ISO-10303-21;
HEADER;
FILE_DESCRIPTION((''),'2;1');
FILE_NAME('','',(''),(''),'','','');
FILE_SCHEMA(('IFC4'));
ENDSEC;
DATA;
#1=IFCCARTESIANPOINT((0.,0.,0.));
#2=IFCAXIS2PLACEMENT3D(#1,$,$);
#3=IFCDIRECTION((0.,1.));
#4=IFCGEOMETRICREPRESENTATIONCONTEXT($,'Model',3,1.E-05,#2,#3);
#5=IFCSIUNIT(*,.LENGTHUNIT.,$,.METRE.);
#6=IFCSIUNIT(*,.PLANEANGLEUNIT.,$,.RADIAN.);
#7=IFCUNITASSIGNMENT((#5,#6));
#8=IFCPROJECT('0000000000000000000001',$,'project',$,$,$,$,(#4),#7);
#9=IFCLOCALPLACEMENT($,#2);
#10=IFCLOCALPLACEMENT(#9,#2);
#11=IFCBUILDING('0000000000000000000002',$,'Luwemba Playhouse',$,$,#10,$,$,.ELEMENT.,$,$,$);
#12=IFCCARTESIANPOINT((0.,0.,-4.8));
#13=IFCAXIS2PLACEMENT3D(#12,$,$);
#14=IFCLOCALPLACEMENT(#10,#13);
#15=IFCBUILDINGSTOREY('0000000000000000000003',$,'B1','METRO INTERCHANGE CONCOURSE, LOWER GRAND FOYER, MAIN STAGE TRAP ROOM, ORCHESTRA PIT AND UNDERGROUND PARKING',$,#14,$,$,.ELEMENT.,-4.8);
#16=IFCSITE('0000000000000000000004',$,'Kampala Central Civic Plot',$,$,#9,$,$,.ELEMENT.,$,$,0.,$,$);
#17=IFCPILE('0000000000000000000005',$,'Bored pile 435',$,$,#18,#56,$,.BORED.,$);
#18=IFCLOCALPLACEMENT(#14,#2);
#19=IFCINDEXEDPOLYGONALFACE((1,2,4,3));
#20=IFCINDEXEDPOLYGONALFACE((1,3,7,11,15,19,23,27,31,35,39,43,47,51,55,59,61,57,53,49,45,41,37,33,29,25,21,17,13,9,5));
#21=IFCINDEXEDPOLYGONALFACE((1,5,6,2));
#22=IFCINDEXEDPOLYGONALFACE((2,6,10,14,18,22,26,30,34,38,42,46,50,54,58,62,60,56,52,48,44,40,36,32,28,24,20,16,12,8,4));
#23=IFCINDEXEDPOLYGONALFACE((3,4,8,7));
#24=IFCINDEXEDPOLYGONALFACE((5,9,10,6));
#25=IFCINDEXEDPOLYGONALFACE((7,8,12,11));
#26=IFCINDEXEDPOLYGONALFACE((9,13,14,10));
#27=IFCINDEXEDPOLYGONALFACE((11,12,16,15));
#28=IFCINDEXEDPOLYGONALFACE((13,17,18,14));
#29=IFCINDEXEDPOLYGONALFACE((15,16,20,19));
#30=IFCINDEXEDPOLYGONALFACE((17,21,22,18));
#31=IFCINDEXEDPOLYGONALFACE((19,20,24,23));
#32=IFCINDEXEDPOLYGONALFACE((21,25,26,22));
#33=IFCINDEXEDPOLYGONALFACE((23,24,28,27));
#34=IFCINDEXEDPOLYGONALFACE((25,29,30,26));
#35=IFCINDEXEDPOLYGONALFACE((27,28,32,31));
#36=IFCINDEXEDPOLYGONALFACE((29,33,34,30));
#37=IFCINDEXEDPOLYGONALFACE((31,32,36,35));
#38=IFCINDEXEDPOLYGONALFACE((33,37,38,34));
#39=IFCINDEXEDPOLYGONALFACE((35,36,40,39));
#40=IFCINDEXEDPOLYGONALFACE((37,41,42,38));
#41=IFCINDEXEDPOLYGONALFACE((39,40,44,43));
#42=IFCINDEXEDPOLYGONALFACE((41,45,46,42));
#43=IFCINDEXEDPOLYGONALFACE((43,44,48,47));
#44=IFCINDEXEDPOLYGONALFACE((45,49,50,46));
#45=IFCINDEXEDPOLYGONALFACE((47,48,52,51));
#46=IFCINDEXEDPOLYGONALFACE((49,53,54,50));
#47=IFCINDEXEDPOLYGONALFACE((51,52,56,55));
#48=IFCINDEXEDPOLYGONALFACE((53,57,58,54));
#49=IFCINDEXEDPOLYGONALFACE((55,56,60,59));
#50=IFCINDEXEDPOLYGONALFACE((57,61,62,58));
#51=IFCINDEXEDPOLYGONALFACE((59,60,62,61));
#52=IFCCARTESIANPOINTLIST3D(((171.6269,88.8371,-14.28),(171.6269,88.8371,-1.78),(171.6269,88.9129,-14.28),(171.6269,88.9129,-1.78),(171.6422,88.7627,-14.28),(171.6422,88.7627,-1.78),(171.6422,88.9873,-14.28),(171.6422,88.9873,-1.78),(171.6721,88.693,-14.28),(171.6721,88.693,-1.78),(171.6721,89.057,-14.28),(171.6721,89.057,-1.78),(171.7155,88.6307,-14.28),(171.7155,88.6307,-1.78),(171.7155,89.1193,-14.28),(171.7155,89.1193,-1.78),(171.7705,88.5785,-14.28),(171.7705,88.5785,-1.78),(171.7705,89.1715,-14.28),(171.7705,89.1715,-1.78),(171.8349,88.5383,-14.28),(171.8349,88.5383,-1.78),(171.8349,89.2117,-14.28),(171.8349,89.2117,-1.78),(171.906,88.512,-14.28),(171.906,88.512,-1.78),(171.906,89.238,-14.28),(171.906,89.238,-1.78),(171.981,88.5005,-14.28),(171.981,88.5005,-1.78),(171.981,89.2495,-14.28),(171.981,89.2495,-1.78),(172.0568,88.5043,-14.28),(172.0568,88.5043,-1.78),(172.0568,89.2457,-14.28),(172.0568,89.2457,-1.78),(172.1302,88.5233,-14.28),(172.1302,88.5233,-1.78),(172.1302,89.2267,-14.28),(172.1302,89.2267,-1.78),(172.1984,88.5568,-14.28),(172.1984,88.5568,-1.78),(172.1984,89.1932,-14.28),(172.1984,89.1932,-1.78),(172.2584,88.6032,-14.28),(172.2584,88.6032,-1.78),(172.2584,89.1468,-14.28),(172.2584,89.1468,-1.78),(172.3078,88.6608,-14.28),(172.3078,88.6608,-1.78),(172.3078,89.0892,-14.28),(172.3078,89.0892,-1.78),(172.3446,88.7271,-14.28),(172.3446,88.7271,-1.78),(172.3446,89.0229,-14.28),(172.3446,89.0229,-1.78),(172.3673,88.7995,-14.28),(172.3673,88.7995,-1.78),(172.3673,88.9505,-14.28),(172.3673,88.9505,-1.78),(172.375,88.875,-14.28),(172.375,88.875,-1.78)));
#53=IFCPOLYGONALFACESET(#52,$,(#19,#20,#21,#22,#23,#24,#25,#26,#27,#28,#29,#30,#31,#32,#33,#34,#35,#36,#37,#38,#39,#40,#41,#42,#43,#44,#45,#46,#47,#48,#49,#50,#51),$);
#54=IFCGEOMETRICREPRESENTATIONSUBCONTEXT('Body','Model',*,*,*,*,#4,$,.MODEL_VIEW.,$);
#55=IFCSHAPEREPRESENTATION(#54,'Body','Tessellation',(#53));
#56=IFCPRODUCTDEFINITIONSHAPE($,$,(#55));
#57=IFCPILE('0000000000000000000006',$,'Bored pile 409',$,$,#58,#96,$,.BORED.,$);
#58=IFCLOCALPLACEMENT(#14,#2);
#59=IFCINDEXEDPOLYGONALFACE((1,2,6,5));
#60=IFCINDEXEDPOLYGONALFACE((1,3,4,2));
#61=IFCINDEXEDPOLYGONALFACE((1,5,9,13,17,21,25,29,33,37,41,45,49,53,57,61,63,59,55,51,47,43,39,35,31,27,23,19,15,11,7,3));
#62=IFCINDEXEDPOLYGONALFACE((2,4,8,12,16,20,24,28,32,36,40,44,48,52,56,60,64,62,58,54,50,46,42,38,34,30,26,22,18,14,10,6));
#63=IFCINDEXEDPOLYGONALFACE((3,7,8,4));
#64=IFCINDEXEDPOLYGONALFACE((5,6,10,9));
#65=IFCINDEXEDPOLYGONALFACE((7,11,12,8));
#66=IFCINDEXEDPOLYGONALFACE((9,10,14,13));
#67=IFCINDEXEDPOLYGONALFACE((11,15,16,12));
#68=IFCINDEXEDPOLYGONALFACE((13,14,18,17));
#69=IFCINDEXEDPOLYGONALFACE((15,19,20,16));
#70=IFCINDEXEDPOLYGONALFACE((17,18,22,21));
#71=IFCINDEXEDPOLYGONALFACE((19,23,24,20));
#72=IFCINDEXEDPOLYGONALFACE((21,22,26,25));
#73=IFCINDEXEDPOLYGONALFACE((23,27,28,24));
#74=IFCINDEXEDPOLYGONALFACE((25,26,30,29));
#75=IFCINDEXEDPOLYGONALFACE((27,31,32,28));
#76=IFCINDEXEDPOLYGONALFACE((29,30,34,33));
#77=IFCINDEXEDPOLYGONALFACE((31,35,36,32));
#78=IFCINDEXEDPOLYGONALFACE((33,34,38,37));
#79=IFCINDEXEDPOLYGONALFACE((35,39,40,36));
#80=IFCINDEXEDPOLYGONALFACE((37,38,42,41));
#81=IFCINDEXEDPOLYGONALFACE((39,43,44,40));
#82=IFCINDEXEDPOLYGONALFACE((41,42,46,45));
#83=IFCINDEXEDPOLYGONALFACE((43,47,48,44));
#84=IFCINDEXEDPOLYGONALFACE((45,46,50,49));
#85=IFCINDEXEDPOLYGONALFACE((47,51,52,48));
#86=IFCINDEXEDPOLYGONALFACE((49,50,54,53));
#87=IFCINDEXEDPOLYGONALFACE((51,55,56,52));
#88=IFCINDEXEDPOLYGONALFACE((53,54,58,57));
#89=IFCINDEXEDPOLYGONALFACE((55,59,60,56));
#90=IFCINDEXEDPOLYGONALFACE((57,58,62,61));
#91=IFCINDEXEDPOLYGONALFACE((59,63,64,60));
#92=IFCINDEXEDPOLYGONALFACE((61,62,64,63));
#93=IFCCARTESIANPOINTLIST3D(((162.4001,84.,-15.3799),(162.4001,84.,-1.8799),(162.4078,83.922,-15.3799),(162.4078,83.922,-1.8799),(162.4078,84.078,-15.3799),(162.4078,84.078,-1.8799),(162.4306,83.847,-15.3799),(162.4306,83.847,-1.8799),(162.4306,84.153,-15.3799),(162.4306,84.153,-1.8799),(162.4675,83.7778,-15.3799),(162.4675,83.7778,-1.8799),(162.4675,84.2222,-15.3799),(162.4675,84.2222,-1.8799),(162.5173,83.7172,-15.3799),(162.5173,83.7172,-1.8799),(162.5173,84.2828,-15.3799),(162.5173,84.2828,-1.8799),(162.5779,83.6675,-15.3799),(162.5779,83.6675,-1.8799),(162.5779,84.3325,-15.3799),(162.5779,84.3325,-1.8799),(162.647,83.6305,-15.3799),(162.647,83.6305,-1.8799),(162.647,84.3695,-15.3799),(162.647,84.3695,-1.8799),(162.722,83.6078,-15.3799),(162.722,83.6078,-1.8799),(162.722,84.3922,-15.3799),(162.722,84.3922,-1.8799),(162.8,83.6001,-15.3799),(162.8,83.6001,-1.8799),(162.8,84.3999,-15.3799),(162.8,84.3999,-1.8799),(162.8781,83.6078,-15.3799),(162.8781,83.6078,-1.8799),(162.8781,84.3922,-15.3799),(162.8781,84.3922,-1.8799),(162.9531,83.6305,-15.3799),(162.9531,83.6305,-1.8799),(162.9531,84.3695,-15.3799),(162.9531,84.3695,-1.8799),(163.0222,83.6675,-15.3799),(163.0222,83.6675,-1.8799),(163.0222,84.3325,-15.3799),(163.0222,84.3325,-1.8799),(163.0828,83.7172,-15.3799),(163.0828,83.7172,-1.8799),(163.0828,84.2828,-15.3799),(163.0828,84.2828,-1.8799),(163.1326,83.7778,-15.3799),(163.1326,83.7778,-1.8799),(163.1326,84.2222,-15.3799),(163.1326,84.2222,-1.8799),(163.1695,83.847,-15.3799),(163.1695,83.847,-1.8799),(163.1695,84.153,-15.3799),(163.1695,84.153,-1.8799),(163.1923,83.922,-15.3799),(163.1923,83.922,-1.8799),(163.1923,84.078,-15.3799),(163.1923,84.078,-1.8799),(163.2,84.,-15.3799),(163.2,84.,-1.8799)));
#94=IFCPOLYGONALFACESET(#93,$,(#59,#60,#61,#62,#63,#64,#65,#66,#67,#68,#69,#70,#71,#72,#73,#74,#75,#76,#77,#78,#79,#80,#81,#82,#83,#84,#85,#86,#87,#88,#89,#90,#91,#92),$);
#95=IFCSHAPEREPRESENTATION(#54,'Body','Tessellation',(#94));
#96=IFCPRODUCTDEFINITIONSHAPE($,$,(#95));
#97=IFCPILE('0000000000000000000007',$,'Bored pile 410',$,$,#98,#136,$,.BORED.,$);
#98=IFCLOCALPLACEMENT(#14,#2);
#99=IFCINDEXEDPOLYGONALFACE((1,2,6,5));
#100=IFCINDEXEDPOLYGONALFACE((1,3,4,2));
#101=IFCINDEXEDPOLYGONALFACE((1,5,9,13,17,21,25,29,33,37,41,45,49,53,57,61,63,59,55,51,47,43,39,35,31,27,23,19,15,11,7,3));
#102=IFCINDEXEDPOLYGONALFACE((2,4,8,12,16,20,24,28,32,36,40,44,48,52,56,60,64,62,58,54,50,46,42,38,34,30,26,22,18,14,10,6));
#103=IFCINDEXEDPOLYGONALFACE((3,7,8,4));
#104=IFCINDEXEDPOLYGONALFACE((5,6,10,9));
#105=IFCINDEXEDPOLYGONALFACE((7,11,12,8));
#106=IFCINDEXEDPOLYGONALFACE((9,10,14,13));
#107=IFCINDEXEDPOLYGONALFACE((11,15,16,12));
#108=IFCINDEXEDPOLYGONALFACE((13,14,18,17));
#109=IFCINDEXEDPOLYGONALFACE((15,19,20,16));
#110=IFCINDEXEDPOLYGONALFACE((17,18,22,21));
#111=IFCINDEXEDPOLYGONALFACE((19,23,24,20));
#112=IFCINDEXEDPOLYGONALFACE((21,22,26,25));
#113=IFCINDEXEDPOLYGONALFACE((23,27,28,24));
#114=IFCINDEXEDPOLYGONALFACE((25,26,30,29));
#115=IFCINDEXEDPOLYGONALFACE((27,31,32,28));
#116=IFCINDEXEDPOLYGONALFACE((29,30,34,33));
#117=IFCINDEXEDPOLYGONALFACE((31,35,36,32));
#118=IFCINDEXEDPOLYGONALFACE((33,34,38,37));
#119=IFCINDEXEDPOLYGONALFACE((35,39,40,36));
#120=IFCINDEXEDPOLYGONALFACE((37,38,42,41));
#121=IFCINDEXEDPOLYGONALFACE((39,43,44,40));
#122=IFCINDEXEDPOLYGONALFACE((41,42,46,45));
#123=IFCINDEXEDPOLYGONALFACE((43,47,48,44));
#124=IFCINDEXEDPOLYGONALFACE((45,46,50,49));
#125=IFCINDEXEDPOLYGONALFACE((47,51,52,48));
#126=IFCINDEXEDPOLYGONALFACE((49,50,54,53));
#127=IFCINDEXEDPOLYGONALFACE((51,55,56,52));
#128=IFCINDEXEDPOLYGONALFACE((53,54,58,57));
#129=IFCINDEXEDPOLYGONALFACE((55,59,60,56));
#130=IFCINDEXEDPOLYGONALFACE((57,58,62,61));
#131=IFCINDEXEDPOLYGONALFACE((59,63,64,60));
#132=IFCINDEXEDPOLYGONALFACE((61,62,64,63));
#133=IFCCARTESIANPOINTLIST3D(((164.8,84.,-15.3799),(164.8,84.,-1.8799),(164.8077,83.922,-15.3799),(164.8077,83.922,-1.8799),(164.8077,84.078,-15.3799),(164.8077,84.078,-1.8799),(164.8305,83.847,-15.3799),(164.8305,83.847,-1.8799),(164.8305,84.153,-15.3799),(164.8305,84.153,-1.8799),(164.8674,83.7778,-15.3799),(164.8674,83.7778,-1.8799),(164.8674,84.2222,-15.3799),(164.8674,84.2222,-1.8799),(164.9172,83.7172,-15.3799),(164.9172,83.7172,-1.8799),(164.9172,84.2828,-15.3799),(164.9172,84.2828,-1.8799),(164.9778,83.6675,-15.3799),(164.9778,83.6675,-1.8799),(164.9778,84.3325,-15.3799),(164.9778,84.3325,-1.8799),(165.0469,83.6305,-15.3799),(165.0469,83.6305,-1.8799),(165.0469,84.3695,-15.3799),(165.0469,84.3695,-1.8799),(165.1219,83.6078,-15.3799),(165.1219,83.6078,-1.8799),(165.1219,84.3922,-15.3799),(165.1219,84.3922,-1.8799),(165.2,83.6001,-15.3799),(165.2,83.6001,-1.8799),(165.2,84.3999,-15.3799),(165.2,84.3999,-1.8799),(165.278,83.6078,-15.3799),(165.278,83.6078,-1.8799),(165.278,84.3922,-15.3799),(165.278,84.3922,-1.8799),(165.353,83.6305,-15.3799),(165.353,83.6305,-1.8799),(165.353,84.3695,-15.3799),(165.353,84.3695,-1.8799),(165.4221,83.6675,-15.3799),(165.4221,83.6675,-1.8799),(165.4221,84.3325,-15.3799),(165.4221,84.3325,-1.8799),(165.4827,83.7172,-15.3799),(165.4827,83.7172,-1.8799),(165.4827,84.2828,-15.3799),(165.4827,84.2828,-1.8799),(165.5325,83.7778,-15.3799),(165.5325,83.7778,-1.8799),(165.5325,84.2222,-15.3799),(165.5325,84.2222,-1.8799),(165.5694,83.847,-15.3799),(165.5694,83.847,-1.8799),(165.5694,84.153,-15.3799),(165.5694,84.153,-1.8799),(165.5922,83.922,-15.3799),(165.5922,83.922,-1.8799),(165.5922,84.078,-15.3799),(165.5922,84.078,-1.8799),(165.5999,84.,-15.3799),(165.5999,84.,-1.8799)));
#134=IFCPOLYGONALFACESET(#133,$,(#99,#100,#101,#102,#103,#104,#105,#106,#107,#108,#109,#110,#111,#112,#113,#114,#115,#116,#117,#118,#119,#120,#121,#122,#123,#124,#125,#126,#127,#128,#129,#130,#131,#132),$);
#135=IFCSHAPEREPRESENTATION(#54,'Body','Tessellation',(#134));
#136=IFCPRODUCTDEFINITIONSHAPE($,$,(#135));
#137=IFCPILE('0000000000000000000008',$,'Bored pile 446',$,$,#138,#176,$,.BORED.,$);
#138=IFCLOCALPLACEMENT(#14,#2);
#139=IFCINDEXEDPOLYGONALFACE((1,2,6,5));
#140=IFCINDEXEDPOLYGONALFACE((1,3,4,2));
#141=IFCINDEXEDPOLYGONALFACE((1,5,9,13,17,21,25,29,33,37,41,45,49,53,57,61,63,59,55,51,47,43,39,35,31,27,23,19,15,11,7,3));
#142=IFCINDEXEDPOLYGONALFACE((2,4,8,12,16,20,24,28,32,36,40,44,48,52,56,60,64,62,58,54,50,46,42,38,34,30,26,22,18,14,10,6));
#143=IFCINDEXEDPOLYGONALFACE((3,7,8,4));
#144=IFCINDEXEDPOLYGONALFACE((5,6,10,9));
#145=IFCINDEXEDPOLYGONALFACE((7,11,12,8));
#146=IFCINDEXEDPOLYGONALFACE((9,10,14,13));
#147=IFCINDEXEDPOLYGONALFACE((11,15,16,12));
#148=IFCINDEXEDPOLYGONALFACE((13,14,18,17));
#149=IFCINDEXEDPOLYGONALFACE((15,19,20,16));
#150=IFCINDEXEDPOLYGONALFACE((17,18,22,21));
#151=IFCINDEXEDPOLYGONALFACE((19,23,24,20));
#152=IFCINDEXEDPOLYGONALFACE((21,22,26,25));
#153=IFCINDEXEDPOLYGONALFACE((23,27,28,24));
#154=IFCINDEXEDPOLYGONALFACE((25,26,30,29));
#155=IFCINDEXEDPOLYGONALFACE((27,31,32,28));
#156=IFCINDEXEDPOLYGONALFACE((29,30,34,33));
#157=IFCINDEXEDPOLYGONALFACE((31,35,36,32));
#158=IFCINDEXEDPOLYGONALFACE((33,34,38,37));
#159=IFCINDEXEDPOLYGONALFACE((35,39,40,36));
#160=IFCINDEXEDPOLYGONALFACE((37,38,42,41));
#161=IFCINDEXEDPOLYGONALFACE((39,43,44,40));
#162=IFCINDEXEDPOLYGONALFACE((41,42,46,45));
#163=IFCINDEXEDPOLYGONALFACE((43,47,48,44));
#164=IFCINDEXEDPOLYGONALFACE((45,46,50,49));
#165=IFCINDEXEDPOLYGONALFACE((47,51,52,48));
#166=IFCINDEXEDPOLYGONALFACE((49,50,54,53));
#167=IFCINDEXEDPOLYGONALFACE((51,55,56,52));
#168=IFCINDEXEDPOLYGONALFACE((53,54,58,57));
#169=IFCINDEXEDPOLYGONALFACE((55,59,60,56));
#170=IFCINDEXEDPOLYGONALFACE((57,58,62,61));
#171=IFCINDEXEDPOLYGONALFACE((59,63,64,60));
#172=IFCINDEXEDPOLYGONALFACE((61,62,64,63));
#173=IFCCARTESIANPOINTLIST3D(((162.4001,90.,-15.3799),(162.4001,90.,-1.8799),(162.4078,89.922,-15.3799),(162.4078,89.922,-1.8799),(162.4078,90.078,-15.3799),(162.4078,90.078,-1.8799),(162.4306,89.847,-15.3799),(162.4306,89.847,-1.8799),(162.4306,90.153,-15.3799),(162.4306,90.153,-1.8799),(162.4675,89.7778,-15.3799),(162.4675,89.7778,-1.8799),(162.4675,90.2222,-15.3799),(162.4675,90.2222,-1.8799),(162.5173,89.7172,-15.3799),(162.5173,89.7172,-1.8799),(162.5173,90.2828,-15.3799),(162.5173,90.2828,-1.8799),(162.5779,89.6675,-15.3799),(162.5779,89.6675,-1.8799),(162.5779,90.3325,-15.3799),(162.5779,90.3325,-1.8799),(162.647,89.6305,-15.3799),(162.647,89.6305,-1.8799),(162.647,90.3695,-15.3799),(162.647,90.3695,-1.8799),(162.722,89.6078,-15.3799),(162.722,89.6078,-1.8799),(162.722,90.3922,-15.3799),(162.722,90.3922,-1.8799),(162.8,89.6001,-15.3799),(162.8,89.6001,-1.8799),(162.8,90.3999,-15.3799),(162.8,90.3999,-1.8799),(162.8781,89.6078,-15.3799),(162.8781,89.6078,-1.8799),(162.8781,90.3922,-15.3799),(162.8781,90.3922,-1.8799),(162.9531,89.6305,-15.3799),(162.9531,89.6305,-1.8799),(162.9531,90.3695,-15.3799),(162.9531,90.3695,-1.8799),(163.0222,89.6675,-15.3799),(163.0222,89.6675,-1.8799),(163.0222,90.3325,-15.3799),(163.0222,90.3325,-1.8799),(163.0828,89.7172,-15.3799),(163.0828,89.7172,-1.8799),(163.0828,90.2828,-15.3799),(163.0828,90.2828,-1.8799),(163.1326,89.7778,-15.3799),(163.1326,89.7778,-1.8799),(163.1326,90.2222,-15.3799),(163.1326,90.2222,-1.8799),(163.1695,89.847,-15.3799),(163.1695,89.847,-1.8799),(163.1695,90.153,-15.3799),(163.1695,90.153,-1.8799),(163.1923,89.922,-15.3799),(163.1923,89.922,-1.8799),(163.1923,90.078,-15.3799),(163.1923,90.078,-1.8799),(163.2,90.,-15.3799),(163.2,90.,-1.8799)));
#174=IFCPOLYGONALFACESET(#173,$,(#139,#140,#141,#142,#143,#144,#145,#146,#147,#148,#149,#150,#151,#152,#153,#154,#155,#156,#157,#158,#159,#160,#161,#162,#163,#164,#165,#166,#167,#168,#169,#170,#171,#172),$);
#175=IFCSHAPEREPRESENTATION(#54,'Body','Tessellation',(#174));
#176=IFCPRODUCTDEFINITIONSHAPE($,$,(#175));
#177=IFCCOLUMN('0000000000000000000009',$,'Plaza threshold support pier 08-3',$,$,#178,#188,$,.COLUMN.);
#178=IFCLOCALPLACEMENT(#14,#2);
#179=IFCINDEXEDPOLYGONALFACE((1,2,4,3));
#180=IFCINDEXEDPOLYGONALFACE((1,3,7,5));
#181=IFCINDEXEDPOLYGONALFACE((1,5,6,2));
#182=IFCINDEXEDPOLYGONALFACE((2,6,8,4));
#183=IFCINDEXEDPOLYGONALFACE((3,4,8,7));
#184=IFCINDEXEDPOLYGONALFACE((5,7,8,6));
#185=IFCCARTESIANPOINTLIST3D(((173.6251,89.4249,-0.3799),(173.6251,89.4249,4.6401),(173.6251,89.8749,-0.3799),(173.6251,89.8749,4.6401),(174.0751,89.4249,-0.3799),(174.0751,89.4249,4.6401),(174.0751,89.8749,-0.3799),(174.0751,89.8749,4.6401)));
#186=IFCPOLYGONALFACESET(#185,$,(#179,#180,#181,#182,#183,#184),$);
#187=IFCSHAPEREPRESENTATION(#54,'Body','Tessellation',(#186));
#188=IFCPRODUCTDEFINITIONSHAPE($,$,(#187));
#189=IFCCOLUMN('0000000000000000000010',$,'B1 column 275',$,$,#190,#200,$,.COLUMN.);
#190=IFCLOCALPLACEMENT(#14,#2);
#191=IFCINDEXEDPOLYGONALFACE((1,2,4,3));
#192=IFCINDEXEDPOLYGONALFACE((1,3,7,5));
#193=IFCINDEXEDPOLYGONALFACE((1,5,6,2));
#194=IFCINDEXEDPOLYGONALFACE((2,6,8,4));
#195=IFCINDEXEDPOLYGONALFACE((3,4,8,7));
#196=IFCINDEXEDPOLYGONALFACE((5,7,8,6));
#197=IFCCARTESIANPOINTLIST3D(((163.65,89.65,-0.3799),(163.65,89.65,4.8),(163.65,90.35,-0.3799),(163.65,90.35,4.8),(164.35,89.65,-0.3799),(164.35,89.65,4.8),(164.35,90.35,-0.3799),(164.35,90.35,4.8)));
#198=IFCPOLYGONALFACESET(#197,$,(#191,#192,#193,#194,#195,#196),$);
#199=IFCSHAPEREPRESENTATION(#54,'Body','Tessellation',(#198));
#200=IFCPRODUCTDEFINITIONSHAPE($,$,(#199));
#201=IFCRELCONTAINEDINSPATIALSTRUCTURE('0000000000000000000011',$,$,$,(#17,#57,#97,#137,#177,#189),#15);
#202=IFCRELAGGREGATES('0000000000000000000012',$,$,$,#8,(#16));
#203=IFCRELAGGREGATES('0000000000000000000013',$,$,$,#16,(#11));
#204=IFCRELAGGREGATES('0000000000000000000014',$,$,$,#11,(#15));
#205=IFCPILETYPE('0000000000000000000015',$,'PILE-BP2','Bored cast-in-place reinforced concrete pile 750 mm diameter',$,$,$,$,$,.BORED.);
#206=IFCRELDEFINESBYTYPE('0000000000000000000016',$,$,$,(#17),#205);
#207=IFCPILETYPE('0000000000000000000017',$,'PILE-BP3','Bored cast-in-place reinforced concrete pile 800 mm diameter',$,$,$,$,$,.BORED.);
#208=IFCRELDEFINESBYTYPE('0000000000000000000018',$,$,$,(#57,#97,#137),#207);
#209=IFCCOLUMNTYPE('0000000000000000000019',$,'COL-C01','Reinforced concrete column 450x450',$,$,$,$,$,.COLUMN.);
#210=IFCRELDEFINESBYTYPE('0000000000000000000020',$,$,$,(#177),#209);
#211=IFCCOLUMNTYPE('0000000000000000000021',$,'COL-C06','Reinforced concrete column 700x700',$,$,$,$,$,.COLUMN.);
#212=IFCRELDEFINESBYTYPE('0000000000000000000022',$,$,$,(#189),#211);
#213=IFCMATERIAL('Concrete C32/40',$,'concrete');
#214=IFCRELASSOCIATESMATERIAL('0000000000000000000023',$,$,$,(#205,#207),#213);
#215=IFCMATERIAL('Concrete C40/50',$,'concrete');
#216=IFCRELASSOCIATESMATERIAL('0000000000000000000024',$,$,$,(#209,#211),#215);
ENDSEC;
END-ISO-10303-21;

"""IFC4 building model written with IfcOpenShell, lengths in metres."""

from ifc_helpers import new_model, si_unit, direction, frame, origin, origin_2d, place, context, subcontext, project, spatial, rectangle, circle, extrude, material, material_profile, profile_set, type_object, element, save


model = new_model("IFC4")

# Units and contexts
model_context = context("Model", 3, precision=1e-05, world=origin(), true_north=direction((0.0, 1.0)))
body_context = subcontext(model_context, "Body", "Model", "MODEL_VIEW")
ifc_project = project(units=[si_unit("LENGTHUNIT", "METRE"), si_unit("PLANEANGLEUNIT", "RADIAN")], contexts=[model_context])

# Site, building, storey
site_placement = place(None, origin())
site = spatial("IfcSite", under=ifc_project, at=site_placement, Name="Kampala Central Civic Plot", CompositionType="ELEMENT", RefElevation=0.0)
building_placement = place(site_placement, origin())
building = spatial("IfcBuilding", under=site, at=building_placement, Name="Luwemba Playhouse", CompositionType="ELEMENT")
storey_placement = place(building_placement, frame((0.0, 0.0, -4.8)))
storey = spatial("IfcBuildingStorey", under=building, at=storey_placement, Name="B1", Description="METRO INTERCHANGE CONCOURSE, LOWER GRAND FOYER, MAIN STAGE TRAP ROOM, ORCHESTRA PIT AND UNDERGROUND PARKING", CompositionType="ELEMENT", Elevation=-4.8)

# Shared definitions
ifc_material_1 = material(Name="Concrete C32/40", Category="concrete")

# Piles
ifc_material_profile_1 = material_profile(ifc_material_1, circle(Radius=0.375, at=origin_2d()))
ifc_profile_set_1 = profile_set([ifc_material_profile_1], Name="Concrete C32/40")
pile_type_1 = type_object("IfcPileType", Name="PILE-BP2", Description="Bored cast-in-place reinforced concrete pile 750 mm diameter", PredefinedType="BORED", material=ifc_profile_set_1)
for number, where, z_axis, x_axis, name in (
    (1, (172.0, 88.875, -1.78), (0.0, 0.0, -1.0), (1.0, 0.0, 0.0), "Bored pile 435"),
):
    element("IfcPile", number, at=place(storey_placement, frame(where, z_axis=z_axis, x_axis=x_axis)), inside=storey, type_object=pile_type_1, Name=name, PredefinedType="BORED", context=body_context, shape_type="SweptSolid", body=[
        extrude(circle(Radius=0.375, at=origin_2d()), origin(), (0.0, 0.0, 1.0), 12.5),
    ])
ifc_material_profile_2 = material_profile(ifc_material_1, circle(Radius=0.3999, at=origin_2d()))
ifc_profile_set_2 = profile_set([ifc_material_profile_2], Name="Concrete C32/40")
pile_type_2 = type_object("IfcPileType", Name="PILE-BP3", Description="Bored cast-in-place reinforced concrete pile 800 mm diameter", PredefinedType="BORED", material=ifc_profile_set_2)
for number, where, z_axis, x_axis, name in (
    (2, (162.8, 84.0, -1.8799), (0.0, 0.0, -1.0), (1.0, 0.0, 0.0), "Bored pile 409"),
    (3, (165.2, 84.0, -1.8799), (0.0, 0.0, -1.0), (1.0, 0.0, 0.0), "Bored pile 410"),
    (4, (162.8, 90.0, -1.8799), (0.0, 0.0, -1.0), (1.0, 0.0, 0.0), "Bored pile 446"),
):
    element("IfcPile", number, at=place(storey_placement, frame(where, z_axis=z_axis, x_axis=x_axis)), inside=storey, type_object=pile_type_2, Name=name, PredefinedType="BORED", context=body_context, shape_type="SweptSolid", body=[
        extrude(circle(Radius=0.3999, at=origin_2d()), origin(), (0.0, 0.0, 1.0), 13.5),
    ])

# Columns
ifc_material_2 = material(Name="Concrete C40/50", Category="concrete")
ifc_material_profile_3 = material_profile(ifc_material_2, rectangle(XDim=0.45, YDim=0.45, at=origin_2d()))
ifc_profile_set_3 = profile_set([ifc_material_profile_3], Name="Concrete C40/50")
column_type_1 = type_object("IfcColumnType", Name="COL-C01", Description="Reinforced concrete column 450x450", PredefinedType="COLUMN", material=ifc_profile_set_3)
column_1_placement = place(storey_placement, frame((173.8501, 89.6499, -0.3799), z_axis=(0.0, 0.0, 1.0), x_axis=(1.0, 0.0, 0.0)))
element("IfcColumn", 5, at=column_1_placement, inside=storey, type_object=column_type_1, Name="Plaza threshold support pier 08-3", PredefinedType="COLUMN", context=body_context, shape_type="SweptSolid", body=[
    extrude(rectangle(XDim=0.45, YDim=0.45, at=origin_2d()), origin(), (0.0, 0.0, 1.0), 5.02),
])
ifc_material_profile_4 = material_profile(ifc_material_2, rectangle(XDim=0.7, YDim=0.7, at=origin_2d()))
ifc_profile_set_4 = profile_set([ifc_material_profile_4], Name="Concrete C40/50")
column_type_2 = type_object("IfcColumnType", Name="COL-C06", Description="Reinforced concrete column 700x700", PredefinedType="COLUMN", material=ifc_profile_set_4)
for number, where, z_axis, x_axis, name in (
    (6, (164.0, 90.0, -0.3799), (0.0, 0.0, 1.0), (1.0, 0.0, 0.0), "B1 column 275"),
):
    element("IfcColumn", number, at=place(storey_placement, frame(where, z_axis=z_axis, x_axis=x_axis)), inside=storey, type_object=column_type_2, Name=name, PredefinedType="COLUMN", context=body_context, shape_type="SweptSolid", body=[
        extrude(rectangle(XDim=0.7, YDim=0.7, at=origin_2d()), origin(), (0.0, 0.0, 1.0), 5.1799),
    ])

save(model, "model.ifc")
